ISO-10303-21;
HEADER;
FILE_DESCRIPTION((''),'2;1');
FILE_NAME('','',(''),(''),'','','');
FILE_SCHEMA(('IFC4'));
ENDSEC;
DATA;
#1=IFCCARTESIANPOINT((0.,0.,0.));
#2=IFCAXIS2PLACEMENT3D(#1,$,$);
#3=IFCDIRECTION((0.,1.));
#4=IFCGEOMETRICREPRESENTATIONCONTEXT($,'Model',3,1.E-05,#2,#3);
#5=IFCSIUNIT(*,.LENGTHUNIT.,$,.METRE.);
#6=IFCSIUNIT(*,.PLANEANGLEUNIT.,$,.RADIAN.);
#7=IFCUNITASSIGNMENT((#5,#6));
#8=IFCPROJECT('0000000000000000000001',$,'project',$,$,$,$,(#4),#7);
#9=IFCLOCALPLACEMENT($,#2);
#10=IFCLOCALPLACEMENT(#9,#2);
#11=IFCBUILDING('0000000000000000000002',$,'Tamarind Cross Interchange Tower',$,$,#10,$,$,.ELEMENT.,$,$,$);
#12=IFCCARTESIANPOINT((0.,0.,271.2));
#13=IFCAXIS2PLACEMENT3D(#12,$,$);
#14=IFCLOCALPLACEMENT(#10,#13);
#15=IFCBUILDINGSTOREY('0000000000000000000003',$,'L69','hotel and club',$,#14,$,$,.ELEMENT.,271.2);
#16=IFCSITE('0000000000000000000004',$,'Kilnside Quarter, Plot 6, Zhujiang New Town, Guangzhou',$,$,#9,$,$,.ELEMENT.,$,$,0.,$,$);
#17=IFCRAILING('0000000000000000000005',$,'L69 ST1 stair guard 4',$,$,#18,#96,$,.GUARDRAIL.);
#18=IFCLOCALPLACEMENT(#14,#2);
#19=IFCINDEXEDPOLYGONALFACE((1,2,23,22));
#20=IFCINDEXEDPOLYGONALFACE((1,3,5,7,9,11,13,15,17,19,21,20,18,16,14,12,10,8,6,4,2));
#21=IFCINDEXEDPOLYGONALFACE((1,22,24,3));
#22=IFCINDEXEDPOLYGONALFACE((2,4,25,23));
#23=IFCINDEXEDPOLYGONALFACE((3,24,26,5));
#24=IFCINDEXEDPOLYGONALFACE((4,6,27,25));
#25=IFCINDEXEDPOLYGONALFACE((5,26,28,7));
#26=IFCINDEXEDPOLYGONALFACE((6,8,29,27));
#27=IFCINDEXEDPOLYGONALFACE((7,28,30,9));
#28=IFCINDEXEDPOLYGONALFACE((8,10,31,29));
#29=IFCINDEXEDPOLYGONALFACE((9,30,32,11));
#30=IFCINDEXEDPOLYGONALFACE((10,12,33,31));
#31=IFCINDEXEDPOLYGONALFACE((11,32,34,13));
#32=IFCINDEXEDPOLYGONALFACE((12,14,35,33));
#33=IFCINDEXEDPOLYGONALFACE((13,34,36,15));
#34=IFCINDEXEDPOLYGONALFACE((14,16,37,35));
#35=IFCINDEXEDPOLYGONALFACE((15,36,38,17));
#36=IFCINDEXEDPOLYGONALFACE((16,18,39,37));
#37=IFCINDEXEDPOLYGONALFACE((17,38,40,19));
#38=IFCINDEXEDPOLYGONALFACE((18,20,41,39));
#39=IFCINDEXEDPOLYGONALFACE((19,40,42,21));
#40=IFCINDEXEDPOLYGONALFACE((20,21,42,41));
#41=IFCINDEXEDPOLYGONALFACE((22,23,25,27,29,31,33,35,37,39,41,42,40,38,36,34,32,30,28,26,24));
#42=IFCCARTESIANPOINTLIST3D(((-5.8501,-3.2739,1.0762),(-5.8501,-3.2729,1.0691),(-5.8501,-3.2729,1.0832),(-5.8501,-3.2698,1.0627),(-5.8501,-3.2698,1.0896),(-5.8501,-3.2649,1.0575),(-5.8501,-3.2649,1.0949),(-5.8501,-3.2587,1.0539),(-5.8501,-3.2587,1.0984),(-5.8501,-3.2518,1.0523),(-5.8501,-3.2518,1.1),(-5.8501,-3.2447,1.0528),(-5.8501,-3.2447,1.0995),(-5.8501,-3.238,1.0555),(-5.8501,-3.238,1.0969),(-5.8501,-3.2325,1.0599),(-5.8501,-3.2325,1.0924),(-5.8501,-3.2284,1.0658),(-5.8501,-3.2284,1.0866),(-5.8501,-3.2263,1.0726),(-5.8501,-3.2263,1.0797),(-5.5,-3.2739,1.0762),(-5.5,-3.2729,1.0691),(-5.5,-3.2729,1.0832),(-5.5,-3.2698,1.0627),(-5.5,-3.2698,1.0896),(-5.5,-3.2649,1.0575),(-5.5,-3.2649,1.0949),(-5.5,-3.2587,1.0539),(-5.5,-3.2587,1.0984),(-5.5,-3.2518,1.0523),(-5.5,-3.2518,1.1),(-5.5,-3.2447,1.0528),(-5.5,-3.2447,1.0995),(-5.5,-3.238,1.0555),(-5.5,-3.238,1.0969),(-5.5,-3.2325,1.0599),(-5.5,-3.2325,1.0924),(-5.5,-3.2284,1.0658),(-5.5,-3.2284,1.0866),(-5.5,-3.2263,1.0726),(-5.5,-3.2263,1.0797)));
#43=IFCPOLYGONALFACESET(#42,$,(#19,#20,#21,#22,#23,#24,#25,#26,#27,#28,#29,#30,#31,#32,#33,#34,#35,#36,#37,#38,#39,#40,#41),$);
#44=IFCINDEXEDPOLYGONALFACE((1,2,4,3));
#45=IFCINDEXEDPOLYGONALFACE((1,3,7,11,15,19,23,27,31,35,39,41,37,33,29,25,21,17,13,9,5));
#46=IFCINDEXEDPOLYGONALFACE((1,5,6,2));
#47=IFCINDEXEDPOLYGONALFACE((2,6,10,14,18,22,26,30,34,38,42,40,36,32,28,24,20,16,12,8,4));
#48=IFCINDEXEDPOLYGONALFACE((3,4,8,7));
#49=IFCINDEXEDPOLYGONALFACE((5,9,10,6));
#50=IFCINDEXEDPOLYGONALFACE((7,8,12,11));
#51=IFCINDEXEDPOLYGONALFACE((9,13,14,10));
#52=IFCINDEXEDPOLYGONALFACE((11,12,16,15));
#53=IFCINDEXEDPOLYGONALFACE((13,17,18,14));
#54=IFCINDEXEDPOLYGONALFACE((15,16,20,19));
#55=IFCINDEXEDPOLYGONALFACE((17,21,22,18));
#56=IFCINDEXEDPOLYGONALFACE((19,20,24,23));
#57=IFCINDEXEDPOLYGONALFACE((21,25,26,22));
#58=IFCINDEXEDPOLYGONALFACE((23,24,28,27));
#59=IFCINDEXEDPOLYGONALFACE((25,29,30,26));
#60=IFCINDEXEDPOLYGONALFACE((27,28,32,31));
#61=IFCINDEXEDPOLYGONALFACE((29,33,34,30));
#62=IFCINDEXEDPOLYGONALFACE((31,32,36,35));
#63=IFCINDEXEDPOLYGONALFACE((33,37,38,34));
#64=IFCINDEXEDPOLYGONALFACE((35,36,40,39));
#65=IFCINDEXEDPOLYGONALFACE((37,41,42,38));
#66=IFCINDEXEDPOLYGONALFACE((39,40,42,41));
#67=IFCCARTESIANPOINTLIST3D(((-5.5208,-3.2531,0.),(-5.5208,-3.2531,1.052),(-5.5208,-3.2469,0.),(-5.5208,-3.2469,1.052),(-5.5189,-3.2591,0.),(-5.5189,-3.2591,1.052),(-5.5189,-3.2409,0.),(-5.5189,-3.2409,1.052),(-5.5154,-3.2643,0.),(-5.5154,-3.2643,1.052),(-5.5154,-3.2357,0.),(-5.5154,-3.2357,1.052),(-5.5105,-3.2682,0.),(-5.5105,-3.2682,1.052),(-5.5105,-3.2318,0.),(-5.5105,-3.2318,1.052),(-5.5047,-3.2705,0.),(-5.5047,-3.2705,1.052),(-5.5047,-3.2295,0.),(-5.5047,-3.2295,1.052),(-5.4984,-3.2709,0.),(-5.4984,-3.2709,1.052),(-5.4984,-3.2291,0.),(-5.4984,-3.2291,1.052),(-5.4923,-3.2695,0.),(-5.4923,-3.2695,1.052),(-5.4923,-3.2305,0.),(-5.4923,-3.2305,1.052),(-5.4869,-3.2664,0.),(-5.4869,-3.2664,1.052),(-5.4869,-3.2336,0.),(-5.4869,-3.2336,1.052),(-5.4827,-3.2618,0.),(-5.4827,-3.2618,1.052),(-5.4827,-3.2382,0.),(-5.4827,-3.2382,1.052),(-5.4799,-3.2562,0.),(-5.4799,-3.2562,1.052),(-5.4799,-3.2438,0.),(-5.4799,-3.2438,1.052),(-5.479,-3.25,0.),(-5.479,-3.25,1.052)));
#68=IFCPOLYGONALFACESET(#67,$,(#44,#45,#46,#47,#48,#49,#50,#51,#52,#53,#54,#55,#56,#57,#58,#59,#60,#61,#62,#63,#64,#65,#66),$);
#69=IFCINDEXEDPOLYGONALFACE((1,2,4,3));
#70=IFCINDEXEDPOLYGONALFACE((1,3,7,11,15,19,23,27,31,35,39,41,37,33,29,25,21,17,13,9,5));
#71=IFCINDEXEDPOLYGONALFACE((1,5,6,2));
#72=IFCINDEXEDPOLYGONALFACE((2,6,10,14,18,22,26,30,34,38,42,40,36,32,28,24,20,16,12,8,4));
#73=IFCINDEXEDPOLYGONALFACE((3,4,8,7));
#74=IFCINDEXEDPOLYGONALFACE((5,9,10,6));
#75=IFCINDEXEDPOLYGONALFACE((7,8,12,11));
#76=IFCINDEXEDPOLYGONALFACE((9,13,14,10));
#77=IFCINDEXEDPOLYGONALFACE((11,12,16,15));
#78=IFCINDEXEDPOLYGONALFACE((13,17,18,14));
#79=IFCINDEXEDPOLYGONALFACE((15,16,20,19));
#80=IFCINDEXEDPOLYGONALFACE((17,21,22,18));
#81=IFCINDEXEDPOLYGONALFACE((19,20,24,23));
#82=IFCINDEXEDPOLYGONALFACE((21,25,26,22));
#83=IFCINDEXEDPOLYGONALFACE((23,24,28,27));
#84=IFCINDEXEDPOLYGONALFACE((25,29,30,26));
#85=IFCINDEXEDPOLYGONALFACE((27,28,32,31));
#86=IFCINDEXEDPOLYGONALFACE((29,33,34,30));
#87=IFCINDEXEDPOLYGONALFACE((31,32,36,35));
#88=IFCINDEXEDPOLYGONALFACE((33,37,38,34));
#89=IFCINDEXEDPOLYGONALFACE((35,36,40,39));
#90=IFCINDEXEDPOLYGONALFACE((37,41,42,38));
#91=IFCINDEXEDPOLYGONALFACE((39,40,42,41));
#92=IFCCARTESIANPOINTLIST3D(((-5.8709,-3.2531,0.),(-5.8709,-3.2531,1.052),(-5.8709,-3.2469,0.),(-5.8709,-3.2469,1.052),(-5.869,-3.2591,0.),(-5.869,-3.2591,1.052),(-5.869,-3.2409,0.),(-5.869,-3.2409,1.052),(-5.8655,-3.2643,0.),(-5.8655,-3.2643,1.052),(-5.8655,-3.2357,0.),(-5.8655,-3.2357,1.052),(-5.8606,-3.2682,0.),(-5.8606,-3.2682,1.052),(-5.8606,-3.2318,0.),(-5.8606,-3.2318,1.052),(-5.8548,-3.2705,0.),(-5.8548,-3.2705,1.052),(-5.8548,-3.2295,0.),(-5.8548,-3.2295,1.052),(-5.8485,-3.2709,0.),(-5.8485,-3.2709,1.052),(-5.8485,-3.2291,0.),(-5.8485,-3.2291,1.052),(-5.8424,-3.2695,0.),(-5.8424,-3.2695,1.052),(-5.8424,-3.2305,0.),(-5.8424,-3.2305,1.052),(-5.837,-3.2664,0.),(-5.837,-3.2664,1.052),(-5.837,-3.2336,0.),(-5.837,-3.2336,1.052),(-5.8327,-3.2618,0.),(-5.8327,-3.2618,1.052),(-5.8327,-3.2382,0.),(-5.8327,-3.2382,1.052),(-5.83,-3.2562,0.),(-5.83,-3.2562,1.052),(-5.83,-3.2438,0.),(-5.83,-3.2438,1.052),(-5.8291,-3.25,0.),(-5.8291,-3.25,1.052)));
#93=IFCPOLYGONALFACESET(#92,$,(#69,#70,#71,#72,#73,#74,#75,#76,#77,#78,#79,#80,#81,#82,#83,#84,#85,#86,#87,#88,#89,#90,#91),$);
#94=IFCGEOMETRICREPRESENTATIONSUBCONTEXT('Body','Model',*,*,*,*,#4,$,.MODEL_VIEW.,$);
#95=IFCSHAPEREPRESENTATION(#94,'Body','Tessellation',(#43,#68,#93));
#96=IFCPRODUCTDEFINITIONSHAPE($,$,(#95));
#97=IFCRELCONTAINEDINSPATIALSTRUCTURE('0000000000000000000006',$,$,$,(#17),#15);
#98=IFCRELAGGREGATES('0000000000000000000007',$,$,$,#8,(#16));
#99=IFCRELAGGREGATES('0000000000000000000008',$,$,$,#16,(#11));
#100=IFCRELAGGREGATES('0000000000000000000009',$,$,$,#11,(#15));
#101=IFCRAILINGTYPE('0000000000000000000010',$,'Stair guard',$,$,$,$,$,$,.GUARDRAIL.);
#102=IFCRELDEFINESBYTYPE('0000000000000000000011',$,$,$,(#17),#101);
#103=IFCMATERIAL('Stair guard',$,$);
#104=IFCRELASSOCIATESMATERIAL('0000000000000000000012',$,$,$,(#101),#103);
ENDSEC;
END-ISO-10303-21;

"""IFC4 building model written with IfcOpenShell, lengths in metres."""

from ifc_helpers import new_model, si_unit, direction, frame, origin, origin_2d, place, context, subcontext, project, spatial, circle, extrude, material, type_object, element, save


model = new_model("IFC4")

# Units and contexts
model_context = context("Model", 3, precision=1e-05, world=origin(), true_north=direction((0.0, 1.0)))
body_context = subcontext(model_context, "Body", "Model", "MODEL_VIEW")
ifc_project = project(units=[si_unit("LENGTHUNIT", "METRE"), si_unit("PLANEANGLEUNIT", "RADIAN")], contexts=[model_context])

# Site, building, storey
site_placement = place(None, origin())
site = spatial("IfcSite", under=ifc_project, at=site_placement, Name="Kilnside Quarter, Plot 6, Zhujiang New Town, Guangzhou", CompositionType="ELEMENT", RefElevation=0.0)
building_placement = place(site_placement, origin())
building = spatial("IfcBuilding", under=site, at=building_placement, Name="Tamarind Cross Interchange Tower", CompositionType="ELEMENT")
storey_placement = place(building_placement, frame((0.0, 0.0, 271.2)))
storey = spatial("IfcBuildingStorey", under=building, at=storey_placement, Name="L69", Description="hotel and club", CompositionType="ELEMENT", Elevation=271.2)

# Railing
ifc_material_1 = material(Name="Stair guard")
railing_type_1 = type_object("IfcRailingType", Name="Stair guard", PredefinedType="GUARDRAIL", material=ifc_material_1)
railing_1_placement = place(storey_placement, frame((-5.5, -3.25, 0.0)))
element("IfcRailing", 1, at=railing_1_placement, inside=storey, type_object=railing_type_1, Name="L69 ST1 stair guard 4", PredefinedType="GUARDRAIL", context=body_context, shape_type="SweptSolid", body=[
    extrude(circle(Radius=0.0239, at=origin_2d()), frame((0.0, 0.0, 1.0762), z_axis=(-1.0, 0.0, 0.0), x_axis=(0.0, -1.0, 0.0)), (0.0, 0.0, 1.0), 0.3501),
    extrude(circle(Radius=0.021, at=origin_2d()), origin(), (0.0, 0.0, 1.0), 1.052),
    extrude(circle(Radius=0.021, at=origin_2d()), frame((-0.3501, 0.0, 0.0)), (0.0, 0.0, 1.0), 1.052),
])

save(model, "model.ifc")
